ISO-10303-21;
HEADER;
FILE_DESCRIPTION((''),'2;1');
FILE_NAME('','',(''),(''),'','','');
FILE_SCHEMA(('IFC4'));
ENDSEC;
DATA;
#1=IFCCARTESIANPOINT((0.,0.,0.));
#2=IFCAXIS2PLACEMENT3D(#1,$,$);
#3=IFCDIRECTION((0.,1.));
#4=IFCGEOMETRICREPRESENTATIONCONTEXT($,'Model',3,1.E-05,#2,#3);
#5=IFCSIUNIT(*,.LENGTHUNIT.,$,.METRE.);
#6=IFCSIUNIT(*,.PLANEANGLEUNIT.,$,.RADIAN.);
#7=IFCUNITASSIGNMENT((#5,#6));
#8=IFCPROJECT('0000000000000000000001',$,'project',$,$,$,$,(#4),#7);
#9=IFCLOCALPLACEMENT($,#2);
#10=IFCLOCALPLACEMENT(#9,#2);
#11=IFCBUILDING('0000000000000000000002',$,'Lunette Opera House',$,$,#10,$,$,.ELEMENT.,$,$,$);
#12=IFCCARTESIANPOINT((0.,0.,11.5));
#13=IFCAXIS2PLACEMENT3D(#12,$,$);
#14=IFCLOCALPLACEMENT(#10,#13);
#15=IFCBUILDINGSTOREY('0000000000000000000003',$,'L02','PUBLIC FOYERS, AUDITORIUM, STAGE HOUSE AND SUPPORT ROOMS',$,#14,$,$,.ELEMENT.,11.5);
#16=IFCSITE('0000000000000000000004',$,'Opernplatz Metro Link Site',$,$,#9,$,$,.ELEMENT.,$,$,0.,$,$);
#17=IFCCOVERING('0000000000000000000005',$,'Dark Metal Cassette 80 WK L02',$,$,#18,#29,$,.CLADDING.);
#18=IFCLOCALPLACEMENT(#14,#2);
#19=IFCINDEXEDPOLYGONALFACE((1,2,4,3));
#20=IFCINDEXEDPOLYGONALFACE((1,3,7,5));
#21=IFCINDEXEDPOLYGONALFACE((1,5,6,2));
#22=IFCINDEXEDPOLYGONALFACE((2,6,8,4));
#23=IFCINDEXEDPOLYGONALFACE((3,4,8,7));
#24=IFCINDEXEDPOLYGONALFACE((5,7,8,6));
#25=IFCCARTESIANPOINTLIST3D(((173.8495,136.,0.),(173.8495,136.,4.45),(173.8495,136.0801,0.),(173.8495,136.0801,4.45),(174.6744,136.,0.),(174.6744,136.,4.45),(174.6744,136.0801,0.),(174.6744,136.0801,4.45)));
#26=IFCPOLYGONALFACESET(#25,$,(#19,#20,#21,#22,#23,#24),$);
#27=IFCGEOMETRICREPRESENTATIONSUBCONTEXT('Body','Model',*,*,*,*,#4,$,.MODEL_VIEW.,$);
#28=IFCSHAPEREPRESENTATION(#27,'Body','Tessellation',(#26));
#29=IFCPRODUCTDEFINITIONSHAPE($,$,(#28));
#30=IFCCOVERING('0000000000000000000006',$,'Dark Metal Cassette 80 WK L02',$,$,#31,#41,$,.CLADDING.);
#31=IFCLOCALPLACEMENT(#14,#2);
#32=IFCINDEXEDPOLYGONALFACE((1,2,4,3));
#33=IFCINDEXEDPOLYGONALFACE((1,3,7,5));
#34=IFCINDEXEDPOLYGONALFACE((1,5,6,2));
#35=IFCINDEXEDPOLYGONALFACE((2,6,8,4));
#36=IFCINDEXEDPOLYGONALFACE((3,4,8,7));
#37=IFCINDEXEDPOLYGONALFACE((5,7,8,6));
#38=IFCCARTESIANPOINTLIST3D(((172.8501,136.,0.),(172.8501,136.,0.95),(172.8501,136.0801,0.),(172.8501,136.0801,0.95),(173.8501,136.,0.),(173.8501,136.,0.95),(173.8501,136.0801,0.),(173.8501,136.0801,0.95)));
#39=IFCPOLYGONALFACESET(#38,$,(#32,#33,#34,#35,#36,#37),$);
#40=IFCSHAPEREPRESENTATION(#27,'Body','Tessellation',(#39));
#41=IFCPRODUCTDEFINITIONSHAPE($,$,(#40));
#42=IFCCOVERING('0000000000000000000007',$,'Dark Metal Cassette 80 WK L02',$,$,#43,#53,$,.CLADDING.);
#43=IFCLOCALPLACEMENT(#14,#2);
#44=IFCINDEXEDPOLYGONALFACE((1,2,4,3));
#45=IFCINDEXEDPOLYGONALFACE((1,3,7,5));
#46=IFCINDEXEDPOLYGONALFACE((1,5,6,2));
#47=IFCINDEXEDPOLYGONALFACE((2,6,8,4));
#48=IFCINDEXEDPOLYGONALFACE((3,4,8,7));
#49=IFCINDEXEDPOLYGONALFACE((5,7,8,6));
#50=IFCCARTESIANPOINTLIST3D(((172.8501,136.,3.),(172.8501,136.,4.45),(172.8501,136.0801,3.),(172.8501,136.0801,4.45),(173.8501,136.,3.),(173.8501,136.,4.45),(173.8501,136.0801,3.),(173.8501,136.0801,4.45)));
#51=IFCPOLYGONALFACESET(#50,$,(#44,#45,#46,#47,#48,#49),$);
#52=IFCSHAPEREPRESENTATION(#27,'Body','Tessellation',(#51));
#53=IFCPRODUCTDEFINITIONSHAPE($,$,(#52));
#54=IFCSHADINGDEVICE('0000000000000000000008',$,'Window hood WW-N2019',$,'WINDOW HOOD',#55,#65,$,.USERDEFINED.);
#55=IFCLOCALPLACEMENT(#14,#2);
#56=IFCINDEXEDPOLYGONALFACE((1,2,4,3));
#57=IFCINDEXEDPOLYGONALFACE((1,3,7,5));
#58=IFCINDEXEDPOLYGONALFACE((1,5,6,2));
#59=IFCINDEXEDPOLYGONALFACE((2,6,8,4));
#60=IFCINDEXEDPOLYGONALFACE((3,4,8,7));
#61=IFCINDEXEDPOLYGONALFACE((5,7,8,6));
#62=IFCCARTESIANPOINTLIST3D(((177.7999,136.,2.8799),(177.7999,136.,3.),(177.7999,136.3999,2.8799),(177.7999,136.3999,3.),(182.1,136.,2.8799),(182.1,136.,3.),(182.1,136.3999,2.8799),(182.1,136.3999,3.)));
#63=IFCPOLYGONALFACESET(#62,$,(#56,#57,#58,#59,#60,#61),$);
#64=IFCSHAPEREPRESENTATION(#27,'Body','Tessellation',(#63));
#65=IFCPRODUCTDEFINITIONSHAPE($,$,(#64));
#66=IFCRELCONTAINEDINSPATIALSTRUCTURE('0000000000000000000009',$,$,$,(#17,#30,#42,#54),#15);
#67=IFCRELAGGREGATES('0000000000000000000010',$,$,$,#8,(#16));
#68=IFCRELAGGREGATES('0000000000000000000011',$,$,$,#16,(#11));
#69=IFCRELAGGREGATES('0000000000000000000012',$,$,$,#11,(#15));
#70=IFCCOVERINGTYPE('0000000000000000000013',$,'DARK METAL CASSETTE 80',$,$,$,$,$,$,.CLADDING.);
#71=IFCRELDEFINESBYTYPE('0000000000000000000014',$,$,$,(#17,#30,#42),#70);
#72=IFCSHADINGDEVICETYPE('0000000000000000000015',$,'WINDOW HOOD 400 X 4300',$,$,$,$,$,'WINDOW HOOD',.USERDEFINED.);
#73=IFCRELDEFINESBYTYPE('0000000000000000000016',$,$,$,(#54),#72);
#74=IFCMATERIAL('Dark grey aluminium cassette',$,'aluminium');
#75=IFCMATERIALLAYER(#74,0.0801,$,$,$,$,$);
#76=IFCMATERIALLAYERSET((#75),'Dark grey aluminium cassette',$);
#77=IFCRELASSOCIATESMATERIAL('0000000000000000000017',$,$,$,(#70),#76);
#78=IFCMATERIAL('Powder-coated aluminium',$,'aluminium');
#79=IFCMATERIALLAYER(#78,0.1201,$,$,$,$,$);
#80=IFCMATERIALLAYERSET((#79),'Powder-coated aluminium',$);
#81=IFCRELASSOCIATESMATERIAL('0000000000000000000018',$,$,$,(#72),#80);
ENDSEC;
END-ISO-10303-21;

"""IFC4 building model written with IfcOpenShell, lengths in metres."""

from ifc_helpers import new_model, si_unit, direction, frame, origin, origin_2d, place, context, subcontext, project, spatial, rectangle, extrude, material, layer, layer_set, type_object, element, save


model = new_model("IFC4")

# Units and contexts
model_context = context("Model", 3, precision=1e-05, world=origin(), true_north=direction((0.0, 1.0)))
body_context = subcontext(model_context, "Body", "Model", "MODEL_VIEW")
ifc_project = project(units=[si_unit("LENGTHUNIT", "METRE"), si_unit("PLANEANGLEUNIT", "RADIAN")], contexts=[model_context])

# Site, building, storey
site_placement = place(None, origin())
site = spatial("IfcSite", under=ifc_project, at=site_placement, Name="Opernplatz Metro Link Site", CompositionType="ELEMENT", RefElevation=0.0)
building_placement = place(site_placement, origin())
building = spatial("IfcBuilding", under=site, at=building_placement, Name="Lunette Opera House", CompositionType="ELEMENT")
storey_placement = place(building_placement, frame((0.0, 0.0, 11.5)))
storey = spatial("IfcBuildingStorey", under=building, at=storey_placement, Name="L02", Description="PUBLIC FOYERS, AUDITORIUM, STAGE HOUSE AND SUPPORT ROOMS", CompositionType="ELEMENT", Elevation=11.5)

# Coverings
ifc_material_1 = material(Name="Dark grey aluminium cassette", Category="aluminium")
ifc_layer_1 = layer(ifc_material_1, 0.0801)
ifc_layer_set_1 = layer_set([ifc_layer_1], Name="Dark grey aluminium cassette")
covering_type = type_object("IfcCoveringType", Name="DARK METAL CASSETTE 80", PredefinedType="CLADDING", material=ifc_layer_set_1)
for number, where, z_axis, x_axis, name in (
    (1, (174.262, 136.04, 0.0), (0.0, 0.0, 1.0), (-1.0, 0.0, 0.0), "Dark Metal Cassette 80 WK L02"),
):
    element("IfcCovering", number, at=place(storey_placement, frame(where, z_axis=z_axis, x_axis=x_axis)), inside=storey, type_object=covering_type, Name=name, PredefinedType="CLADDING", context=body_context, shape_type="SweptSolid", body=[
        extrude(rectangle(XDim=0.825, YDim=0.0801, at=origin_2d()), origin(), (0.0, 0.0, 1.0), 4.45),
    ])
covering_1_placement = place(storey_placement, frame((173.3501, 136.04, 0.0), z_axis=(0.0, 0.0, 1.0), x_axis=(-1.0, 0.0, 0.0)))
element("IfcCovering", 2, at=covering_1_placement, inside=storey, type_object=covering_type, Name="Dark Metal Cassette 80 WK L02", PredefinedType="CLADDING", context=body_context, shape_type="SweptSolid", body=[
    extrude(rectangle(XDim=1.0, YDim=0.0801, at=origin_2d()), origin(), (0.0, 0.0, 1.0), 0.95),
])
covering_2_placement = place(storey_placement, frame((173.3501, 136.04, 3.0), z_axis=(0.0, 0.0, 1.0), x_axis=(-1.0, 0.0, 0.0)))
element("IfcCovering", 3, at=covering_2_placement, inside=storey, type_object=covering_type, Name="Dark Metal Cassette 80 WK L02", PredefinedType="CLADDING", context=body_context, shape_type="SweptSolid", body=[
    extrude(rectangle(XDim=1.0, YDim=0.0801, at=origin_2d()), origin(), (0.0, 0.0, 1.0), 1.45),
])

# Shading device
ifc_material_2 = material(Name="Powder-coated aluminium", Category="aluminium")
ifc_layer_2 = layer(ifc_material_2, 0.1201)
ifc_layer_set_2 = layer_set([ifc_layer_2], Name="Powder-coated aluminium")
shading_device_type = type_object("IfcShadingDeviceType", Name="WINDOW HOOD 400 X 4300", ElementType="WINDOW HOOD", PredefinedType="USERDEFINED", material=ifc_layer_set_2)
shading_device_placement = place(storey_placement, frame((179.95, 136.2, 2.8799), z_axis=(0.0, 0.0, 1.0), x_axis=(0.0, 1.0, 0.0)))
element("IfcShadingDevice", 4, at=shading_device_placement, inside=storey, type_object=shading_device_type, Name="Window hood WW-N2019", ObjectType="WINDOW HOOD", PredefinedType="USERDEFINED", context=body_context, shape_type="SweptSolid", body=[
    extrude(rectangle(XDim=0.3999, YDim=4.3, at=origin_2d()), origin(), (0.0, 0.0, 1.0), 0.1201),
])

save(model, "model.ifc")
